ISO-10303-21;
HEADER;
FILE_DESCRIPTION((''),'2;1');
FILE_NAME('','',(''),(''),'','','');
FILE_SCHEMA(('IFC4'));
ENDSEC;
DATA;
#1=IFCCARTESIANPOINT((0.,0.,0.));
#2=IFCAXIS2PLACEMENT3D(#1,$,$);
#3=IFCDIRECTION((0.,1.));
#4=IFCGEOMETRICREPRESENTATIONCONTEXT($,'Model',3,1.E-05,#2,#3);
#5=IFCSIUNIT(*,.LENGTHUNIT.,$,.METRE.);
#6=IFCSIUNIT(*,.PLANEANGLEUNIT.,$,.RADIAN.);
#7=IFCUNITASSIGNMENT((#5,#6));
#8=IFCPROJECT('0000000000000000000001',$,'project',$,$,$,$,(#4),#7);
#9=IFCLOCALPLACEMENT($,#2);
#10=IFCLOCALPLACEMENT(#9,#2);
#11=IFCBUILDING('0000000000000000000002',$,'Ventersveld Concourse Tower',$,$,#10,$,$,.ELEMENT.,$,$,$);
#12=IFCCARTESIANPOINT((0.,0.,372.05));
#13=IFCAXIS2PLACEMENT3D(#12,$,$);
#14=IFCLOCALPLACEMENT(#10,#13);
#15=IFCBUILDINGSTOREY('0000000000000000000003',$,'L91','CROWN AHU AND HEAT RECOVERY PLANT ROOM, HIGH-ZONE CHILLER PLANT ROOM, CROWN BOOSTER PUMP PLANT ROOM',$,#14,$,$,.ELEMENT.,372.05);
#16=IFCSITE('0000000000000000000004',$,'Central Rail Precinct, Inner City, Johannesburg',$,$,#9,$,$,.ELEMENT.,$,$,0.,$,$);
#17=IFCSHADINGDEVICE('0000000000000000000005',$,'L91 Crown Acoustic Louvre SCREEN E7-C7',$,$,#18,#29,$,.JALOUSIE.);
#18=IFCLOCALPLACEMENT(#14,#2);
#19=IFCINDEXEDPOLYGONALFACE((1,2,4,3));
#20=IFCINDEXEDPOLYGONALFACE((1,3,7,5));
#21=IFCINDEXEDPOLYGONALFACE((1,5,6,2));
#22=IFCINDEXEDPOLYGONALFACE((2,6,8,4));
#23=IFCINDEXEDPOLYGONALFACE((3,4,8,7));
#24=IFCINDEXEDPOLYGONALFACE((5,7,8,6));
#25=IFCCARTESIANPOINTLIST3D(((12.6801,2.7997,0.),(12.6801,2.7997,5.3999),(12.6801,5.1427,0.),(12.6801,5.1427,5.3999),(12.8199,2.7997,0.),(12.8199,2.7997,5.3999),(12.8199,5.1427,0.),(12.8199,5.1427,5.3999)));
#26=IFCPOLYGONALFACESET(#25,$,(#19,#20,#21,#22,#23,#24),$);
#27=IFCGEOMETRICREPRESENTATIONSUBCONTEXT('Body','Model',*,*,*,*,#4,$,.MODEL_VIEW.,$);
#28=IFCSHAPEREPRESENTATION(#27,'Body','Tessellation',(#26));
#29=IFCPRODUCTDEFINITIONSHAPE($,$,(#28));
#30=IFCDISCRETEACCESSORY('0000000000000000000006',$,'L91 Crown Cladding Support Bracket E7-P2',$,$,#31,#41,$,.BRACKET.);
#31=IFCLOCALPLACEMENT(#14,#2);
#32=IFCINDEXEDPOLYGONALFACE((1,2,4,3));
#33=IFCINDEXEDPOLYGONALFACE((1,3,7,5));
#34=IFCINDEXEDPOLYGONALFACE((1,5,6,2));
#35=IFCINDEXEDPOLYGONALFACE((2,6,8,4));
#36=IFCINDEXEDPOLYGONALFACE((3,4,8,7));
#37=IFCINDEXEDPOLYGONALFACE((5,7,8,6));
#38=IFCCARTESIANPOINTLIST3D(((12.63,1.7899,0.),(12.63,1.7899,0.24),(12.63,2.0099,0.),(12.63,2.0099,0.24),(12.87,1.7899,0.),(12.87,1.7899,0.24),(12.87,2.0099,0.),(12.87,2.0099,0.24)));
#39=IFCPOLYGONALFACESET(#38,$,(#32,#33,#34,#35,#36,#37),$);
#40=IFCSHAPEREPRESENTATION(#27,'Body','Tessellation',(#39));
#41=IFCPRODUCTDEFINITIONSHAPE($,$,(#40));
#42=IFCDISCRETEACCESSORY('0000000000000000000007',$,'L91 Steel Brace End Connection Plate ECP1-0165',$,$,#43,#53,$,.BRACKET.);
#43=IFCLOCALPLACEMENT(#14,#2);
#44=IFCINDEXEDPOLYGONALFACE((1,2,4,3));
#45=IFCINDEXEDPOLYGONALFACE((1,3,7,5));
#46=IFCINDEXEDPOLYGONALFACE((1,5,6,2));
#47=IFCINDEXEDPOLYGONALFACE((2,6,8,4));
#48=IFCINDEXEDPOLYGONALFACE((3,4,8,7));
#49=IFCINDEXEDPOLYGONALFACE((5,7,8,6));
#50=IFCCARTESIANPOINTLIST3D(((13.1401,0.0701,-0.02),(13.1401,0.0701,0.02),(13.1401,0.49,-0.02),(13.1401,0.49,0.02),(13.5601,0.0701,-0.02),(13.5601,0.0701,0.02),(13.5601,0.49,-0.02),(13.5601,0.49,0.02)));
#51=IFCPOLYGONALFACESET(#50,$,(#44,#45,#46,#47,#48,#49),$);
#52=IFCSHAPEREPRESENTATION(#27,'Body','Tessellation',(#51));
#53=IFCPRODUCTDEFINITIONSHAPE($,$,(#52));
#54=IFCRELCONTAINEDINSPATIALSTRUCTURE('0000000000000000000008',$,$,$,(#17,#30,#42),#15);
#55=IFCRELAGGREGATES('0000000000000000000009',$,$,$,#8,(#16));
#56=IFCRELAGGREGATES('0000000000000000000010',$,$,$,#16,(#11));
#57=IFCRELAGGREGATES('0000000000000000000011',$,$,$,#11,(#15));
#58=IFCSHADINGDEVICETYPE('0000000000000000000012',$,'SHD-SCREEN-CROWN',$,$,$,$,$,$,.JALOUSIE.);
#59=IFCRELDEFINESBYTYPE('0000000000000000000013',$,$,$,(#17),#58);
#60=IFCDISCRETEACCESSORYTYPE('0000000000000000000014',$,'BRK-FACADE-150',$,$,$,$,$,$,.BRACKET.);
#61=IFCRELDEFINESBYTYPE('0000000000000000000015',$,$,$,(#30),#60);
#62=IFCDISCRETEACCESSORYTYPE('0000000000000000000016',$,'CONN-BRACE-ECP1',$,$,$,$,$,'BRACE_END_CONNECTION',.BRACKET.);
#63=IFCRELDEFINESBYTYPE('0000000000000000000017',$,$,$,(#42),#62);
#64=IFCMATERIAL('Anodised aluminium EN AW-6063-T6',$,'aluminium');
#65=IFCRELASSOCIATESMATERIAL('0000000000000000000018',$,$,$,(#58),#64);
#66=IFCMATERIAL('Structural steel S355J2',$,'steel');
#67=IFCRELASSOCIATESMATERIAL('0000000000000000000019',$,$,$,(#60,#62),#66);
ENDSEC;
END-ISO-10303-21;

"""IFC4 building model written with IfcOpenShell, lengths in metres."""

from ifc_helpers import new_model, si_unit, direction, frame, origin, origin_2d, place, context, subcontext, project, spatial, rectangle, extrude, material, type_object, element, save


model = new_model("IFC4")

# Units and contexts
model_context = context("Model", 3, precision=1e-05, world=origin(), true_north=direction((0.0, 1.0)))
body_context = subcontext(model_context, "Body", "Model", "MODEL_VIEW")
ifc_project = project(units=[si_unit("LENGTHUNIT", "METRE"), si_unit("PLANEANGLEUNIT", "RADIAN")], contexts=[model_context])

# Site, building, storey
site_placement = place(None, origin())
site = spatial("IfcSite", under=ifc_project, at=site_placement, Name="Central Rail Precinct, Inner City, Johannesburg", CompositionType="ELEMENT", RefElevation=0.0)
building_placement = place(site_placement, origin())
building = spatial("IfcBuilding", under=site, at=building_placement, Name="Ventersveld Concourse Tower", CompositionType="ELEMENT")
storey_placement = place(building_placement, frame((0.0, 0.0, 372.05)))
storey = spatial("IfcBuildingStorey", under=building, at=storey_placement, Name="L91", Description="CROWN AHU AND HEAT RECOVERY PLANT ROOM, HIGH-ZONE CHILLER PLANT ROOM, CROWN BOOSTER PUMP PLANT ROOM", CompositionType="ELEMENT", Elevation=372.05)

# Shading device
ifc_material_1 = material(Name="Anodised aluminium EN AW-6063-T6", Category="aluminium")
shading_device_type = type_object("IfcShadingDeviceType", Name="SHD-SCREEN-CROWN", PredefinedType="JALOUSIE", material=ifc_material_1)
for number, where, z_axis, x_axis, name in (
    (1, (12.75, 3.9712, 0.0), (0.0, 0.0, 1.0), (0.0, -1.0, 0.0), "L91 Crown Acoustic Louvre SCREEN E7-C7"),
):
    element("IfcShadingDevice", number, at=place(storey_placement, frame(where, z_axis=z_axis, x_axis=x_axis)), inside=storey, type_object=shading_device_type, Name=name, PredefinedType="JALOUSIE", context=body_context, shape_type="SweptSolid", body=[
        extrude(rectangle(XDim=2.343, YDim=0.1399, at=origin_2d()), origin(), (0.0, 0.0, 1.0), 5.3999),
    ])

# Discrete accessories
ifc_material_2 = material(Name="Structural steel S355J2", Category="steel")
discrete_accessory_type_1 = type_object("IfcDiscreteAccessoryType", Name="BRK-FACADE-150", PredefinedType="BRACKET", material=ifc_material_2)
discrete_accessory_1_placement = place(storey_placement, frame((12.75, 1.8999, 0.0), z_axis=(0.0, 0.0, 1.0), x_axis=(0.0, -1.0, 0.0)))
element("IfcDiscreteAccessory", 2, at=discrete_accessory_1_placement, inside=storey, type_object=discrete_accessory_type_1, Name="L91 Crown Cladding Support Bracket E7-P2", PredefinedType="BRACKET", context=body_context, shape_type="SweptSolid", body=[
    extrude(rectangle(XDim=0.22, YDim=0.24, at=origin_2d()), origin(), (0.0, 0.0, 1.0), 0.24),
])
discrete_accessory_type_2 = type_object("IfcDiscreteAccessoryType", Name="CONN-BRACE-ECP1", ElementType="BRACE_END_CONNECTION", PredefinedType="BRACKET", material=ifc_material_2)
discrete_accessory_2_placement = place(storey_placement, frame((13.3501, 0.28, -0.02), z_axis=(0.0, 0.0, 1.0), x_axis=(1.0, 0.0, 0.0)))
element("IfcDiscreteAccessory", 3, at=discrete_accessory_2_placement, inside=storey, type_object=discrete_accessory_type_2, Name="L91 Steel Brace End Connection Plate ECP1-0165", PredefinedType="BRACKET", context=body_context, shape_type="SweptSolid", body=[
    extrude(rectangle(XDim=0.4199, YDim=0.4199, at=origin_2d()), origin(), (0.0, 0.0, 1.0), 0.04),
])

save(model, "model.ifc")
